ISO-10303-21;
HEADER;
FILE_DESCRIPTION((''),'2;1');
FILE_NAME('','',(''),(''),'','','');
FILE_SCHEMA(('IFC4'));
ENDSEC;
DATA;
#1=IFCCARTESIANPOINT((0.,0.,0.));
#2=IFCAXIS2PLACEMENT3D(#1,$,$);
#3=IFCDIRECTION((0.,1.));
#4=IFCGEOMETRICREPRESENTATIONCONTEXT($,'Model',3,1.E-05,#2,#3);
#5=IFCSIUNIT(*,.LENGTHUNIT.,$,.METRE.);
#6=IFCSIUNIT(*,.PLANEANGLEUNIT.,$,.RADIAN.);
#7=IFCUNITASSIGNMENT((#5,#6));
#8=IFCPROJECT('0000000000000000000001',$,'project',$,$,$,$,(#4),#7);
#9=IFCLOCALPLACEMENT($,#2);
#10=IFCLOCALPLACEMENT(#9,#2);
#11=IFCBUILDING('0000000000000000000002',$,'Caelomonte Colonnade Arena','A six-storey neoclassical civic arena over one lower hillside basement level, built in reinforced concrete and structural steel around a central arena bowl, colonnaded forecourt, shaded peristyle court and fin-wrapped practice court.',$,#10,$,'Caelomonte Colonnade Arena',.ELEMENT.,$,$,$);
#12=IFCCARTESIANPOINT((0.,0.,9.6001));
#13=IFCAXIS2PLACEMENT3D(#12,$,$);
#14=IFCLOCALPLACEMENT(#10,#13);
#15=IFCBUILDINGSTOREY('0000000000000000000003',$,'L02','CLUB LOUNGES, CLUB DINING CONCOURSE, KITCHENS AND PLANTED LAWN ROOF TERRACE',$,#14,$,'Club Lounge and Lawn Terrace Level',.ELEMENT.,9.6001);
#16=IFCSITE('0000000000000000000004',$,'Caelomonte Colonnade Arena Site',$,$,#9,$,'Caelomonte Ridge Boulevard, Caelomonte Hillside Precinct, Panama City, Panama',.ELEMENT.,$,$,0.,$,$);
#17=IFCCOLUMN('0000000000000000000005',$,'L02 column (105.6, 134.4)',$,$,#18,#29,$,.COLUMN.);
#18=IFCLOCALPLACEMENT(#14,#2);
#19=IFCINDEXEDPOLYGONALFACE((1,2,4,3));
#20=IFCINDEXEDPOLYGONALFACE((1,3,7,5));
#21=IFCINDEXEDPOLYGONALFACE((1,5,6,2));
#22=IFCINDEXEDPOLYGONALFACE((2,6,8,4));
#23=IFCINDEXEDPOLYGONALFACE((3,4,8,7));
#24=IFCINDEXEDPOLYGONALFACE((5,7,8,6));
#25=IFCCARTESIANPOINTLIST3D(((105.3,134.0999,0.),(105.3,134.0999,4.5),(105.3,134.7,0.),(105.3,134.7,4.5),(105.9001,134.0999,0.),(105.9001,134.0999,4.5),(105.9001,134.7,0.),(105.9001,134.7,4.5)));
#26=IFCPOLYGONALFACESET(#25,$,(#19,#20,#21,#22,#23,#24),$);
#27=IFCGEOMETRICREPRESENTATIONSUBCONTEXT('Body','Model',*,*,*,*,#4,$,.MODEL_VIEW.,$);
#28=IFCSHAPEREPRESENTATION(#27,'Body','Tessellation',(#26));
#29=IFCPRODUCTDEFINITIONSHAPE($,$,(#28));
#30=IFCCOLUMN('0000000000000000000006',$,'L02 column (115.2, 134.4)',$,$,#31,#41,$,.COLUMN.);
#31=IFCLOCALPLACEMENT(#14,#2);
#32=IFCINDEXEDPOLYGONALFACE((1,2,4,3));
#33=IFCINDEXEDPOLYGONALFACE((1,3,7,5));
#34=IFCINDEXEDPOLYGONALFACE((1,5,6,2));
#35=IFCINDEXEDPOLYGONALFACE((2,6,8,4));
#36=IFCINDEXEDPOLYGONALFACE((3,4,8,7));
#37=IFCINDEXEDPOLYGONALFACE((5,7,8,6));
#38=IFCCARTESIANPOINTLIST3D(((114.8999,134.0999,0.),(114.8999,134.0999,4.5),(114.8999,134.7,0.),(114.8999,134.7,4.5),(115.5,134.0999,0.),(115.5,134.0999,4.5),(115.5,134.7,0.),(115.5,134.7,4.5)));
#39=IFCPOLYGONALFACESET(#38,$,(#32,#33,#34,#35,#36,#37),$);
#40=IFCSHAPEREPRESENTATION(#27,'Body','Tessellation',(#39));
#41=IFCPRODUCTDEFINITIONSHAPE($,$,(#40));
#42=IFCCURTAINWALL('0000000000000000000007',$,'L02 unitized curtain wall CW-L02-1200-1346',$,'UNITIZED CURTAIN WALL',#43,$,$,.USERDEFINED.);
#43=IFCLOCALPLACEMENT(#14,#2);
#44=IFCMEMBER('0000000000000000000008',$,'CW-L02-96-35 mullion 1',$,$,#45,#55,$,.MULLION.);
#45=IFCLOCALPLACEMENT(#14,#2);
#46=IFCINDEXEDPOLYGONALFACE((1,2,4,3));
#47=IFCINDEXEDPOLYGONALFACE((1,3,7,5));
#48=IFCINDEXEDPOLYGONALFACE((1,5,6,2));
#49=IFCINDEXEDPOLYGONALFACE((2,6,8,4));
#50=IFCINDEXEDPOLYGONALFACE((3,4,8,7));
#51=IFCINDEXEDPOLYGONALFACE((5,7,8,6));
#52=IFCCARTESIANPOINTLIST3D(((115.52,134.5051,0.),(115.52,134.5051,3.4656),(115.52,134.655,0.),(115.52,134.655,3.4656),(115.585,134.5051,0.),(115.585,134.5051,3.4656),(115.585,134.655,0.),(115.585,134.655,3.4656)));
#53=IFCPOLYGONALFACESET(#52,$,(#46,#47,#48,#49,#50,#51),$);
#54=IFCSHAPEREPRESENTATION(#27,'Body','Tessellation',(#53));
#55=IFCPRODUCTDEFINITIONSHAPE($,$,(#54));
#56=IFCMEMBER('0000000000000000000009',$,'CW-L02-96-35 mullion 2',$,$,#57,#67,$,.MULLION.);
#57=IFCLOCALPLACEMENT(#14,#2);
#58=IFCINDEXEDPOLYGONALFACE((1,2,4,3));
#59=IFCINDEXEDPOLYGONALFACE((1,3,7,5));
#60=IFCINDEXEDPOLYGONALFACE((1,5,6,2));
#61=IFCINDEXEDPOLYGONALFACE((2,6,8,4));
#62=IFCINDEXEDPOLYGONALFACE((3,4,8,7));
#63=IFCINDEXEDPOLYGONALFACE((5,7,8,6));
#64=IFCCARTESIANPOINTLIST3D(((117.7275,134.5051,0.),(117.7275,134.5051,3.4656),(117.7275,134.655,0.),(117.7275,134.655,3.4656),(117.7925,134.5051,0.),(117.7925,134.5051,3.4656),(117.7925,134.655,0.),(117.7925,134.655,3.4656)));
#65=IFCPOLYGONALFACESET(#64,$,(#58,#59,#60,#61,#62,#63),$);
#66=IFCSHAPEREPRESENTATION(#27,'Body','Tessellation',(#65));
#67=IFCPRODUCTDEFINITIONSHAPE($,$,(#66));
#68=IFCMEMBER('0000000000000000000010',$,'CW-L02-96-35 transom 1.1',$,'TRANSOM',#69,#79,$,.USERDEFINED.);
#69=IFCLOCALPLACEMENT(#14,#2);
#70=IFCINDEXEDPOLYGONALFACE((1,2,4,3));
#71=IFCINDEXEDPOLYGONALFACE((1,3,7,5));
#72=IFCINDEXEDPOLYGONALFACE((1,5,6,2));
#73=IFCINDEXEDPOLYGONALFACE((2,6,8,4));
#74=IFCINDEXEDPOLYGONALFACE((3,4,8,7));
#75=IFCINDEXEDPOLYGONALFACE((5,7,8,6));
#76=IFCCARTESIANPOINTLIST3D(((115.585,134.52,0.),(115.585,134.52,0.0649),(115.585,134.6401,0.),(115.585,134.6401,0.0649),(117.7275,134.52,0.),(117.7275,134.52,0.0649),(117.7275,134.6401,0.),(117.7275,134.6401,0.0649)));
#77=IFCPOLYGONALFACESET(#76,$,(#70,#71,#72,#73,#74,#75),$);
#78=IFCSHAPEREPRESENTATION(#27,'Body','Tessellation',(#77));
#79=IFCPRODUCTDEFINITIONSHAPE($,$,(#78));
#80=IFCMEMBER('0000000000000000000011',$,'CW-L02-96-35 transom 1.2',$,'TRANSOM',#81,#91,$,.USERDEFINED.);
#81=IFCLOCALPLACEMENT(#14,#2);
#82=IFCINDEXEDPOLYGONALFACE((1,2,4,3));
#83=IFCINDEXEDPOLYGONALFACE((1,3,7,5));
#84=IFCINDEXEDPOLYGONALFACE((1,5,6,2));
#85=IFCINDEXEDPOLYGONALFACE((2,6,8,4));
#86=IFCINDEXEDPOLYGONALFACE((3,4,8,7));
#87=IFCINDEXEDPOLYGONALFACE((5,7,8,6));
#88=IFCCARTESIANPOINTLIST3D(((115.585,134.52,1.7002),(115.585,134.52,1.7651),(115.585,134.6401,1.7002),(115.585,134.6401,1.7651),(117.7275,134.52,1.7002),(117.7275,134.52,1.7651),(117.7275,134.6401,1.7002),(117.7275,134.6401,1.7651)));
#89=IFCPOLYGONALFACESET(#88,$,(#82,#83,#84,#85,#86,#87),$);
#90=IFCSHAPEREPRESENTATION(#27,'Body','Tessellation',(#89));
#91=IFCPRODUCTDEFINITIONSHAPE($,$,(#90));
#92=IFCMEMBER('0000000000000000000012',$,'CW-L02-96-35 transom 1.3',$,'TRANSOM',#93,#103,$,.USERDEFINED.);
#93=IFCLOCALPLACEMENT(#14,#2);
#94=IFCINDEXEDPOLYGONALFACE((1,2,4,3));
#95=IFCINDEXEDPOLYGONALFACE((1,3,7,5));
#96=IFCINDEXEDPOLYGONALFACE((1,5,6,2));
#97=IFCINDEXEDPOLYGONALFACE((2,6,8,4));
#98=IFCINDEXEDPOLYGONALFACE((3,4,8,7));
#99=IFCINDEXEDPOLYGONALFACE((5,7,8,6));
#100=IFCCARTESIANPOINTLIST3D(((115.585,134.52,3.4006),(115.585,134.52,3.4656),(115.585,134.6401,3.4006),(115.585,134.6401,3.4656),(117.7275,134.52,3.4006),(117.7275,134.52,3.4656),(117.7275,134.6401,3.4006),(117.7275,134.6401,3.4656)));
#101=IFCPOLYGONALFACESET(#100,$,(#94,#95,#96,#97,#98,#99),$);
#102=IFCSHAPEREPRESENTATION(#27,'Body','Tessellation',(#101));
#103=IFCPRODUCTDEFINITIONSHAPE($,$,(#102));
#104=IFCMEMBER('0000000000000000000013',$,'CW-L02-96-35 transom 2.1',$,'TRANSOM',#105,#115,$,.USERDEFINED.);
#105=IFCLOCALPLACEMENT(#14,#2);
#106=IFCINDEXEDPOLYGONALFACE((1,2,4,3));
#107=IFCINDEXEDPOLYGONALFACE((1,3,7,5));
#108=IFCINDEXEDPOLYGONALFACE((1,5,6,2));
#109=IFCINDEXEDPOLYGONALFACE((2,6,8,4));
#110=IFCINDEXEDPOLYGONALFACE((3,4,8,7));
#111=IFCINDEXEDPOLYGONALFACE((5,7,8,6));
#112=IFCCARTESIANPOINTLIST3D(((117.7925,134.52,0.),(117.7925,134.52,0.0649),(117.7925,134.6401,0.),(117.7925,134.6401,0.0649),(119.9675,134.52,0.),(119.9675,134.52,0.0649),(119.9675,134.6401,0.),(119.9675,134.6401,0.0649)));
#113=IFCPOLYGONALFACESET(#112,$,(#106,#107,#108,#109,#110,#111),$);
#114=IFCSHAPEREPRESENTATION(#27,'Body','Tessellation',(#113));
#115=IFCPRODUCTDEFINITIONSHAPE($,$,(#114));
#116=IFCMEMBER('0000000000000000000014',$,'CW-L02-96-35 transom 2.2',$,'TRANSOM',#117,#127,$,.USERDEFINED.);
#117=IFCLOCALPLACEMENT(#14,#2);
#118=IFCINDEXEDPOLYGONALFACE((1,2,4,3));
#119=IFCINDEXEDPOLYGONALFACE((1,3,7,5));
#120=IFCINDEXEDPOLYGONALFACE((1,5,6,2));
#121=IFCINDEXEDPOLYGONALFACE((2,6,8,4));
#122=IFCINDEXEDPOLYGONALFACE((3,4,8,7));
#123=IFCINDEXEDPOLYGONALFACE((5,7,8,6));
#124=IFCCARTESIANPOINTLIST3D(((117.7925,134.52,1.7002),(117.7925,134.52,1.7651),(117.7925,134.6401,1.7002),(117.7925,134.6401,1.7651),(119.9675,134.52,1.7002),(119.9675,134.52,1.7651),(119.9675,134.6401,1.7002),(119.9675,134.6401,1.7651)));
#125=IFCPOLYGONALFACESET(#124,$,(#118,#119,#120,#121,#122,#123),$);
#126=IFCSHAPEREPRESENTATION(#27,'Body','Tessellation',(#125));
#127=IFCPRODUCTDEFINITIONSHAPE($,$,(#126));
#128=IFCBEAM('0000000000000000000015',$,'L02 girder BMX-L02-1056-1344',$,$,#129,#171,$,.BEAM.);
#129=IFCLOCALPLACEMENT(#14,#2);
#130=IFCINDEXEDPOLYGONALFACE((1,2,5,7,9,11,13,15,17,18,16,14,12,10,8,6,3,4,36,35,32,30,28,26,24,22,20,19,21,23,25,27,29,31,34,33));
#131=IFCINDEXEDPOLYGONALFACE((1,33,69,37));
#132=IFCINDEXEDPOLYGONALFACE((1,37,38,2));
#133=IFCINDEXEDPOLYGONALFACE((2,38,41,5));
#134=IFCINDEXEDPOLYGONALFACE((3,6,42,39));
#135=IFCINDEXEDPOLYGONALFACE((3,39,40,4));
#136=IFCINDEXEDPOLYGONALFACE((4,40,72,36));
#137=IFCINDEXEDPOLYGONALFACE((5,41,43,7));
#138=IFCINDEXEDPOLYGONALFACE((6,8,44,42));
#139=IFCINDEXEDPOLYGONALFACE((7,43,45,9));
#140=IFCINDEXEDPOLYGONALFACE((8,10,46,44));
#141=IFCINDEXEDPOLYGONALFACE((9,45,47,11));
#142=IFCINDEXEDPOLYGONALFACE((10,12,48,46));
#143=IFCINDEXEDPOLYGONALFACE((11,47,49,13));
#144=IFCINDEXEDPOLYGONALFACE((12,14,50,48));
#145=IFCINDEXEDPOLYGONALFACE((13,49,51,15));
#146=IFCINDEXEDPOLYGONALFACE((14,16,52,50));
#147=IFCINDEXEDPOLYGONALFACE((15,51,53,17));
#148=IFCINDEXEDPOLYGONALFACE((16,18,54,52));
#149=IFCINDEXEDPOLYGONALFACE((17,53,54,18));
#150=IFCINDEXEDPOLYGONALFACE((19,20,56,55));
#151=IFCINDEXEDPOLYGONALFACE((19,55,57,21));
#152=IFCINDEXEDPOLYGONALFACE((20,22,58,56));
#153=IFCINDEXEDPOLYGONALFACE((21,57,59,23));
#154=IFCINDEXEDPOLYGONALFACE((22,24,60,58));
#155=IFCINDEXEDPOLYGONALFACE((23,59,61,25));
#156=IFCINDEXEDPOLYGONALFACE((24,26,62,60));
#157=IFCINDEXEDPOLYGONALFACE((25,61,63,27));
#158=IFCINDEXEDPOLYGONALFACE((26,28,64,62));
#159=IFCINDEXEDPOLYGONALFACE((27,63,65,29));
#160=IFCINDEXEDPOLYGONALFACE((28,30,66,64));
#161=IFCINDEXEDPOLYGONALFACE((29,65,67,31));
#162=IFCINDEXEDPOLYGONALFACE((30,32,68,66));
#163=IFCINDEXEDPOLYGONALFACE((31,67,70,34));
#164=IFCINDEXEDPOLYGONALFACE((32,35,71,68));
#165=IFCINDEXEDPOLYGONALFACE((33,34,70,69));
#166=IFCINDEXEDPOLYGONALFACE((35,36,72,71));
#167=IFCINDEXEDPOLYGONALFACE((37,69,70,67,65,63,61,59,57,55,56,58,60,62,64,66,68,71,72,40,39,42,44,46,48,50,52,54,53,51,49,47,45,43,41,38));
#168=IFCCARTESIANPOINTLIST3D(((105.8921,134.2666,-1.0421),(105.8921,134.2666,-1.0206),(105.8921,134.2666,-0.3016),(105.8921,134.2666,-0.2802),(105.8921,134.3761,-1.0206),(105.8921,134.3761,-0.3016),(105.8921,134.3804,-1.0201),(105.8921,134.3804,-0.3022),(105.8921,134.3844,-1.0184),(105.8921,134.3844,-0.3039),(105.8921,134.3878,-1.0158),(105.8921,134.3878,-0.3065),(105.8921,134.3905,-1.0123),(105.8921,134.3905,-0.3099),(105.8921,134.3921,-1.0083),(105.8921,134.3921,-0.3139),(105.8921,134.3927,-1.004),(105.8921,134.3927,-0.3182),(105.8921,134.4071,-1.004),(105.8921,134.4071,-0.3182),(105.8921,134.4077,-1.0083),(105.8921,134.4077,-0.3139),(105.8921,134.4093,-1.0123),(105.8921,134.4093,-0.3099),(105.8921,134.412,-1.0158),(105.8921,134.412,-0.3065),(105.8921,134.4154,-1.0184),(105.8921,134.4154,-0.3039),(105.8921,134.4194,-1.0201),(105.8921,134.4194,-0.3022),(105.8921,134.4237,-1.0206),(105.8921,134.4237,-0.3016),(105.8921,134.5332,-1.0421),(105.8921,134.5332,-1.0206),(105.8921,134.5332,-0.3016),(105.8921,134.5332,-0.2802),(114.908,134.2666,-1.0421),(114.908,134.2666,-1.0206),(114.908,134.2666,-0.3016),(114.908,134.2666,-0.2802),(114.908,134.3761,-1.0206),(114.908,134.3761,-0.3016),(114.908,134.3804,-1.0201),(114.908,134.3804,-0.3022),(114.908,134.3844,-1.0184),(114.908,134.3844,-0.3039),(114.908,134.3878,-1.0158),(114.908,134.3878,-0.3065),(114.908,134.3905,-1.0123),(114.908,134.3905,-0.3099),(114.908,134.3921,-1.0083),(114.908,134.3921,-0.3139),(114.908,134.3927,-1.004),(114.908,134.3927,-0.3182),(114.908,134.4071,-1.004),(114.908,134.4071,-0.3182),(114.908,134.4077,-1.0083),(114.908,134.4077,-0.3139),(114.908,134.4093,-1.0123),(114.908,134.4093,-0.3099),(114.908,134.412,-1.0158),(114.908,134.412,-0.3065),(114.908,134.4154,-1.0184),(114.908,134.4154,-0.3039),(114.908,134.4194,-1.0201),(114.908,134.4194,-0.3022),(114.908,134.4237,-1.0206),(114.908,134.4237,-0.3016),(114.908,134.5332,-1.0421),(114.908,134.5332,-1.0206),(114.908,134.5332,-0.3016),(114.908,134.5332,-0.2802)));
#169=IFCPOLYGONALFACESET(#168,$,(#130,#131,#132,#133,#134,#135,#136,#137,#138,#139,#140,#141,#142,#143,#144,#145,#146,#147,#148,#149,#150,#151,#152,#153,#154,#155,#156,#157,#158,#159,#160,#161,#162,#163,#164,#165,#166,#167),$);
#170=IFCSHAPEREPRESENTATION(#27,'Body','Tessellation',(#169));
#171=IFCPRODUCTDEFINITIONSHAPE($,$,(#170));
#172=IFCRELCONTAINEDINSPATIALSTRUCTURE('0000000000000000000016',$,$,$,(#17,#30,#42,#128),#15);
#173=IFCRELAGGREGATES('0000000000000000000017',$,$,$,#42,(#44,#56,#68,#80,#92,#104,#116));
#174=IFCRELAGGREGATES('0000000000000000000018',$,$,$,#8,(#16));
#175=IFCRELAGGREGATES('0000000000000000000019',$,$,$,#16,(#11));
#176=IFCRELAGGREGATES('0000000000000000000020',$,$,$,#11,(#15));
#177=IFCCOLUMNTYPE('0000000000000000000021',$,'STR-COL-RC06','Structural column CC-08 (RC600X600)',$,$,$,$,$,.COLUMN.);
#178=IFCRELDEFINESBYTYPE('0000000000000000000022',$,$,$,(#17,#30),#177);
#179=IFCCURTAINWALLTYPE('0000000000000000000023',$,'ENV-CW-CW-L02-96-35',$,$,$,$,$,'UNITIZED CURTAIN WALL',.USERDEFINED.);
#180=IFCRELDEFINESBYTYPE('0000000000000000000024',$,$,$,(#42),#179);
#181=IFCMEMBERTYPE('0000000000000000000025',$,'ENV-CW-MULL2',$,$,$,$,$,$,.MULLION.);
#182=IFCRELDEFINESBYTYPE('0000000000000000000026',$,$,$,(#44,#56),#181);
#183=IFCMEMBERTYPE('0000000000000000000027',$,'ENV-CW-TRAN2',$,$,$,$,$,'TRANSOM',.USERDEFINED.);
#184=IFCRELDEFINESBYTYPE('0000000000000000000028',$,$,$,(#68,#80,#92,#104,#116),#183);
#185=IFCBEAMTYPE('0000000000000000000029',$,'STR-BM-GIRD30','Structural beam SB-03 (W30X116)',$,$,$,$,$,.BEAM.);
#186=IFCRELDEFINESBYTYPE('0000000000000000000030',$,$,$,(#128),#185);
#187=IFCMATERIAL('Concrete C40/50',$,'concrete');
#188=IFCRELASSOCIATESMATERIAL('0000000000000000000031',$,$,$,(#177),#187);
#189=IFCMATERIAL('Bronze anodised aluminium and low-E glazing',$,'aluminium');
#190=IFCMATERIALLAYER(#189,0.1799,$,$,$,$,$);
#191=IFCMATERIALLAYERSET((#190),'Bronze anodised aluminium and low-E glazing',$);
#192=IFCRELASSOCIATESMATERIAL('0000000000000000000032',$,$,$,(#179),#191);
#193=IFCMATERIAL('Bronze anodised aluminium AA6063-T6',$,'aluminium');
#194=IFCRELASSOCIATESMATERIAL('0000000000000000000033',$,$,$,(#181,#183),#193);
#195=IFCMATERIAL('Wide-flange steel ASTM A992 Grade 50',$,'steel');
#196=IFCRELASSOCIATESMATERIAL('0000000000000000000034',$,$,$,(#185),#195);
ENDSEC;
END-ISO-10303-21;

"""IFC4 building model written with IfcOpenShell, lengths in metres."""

from ifc_helpers import new_model, si_unit, direction, frame, origin, origin_2d, place, context, subcontext, project, spatial, rectangle, i_section, extrude, material, layer, layer_set, material_profile, profile_set, type_object, element, aggregate, save


model = new_model("IFC4")

# Units and contexts
model_context = context("Model", 3, precision=1e-05, world=origin(), true_north=direction((0.0, 1.0)))
body_context = subcontext(model_context, "Body", "Model", "MODEL_VIEW")
ifc_project = project(units=[si_unit("LENGTHUNIT", "METRE"), si_unit("PLANEANGLEUNIT", "RADIAN")], contexts=[model_context])

# Site, building, storey
site_placement = place(None, origin())
site = spatial("IfcSite", under=ifc_project, at=site_placement, Name="Caelomonte Colonnade Arena Site", LongName="Caelomonte Ridge Boulevard, Caelomonte Hillside Precinct, Panama City, Panama", CompositionType="ELEMENT", RefElevation=0.0)
building_placement = place(site_placement, origin())
building = spatial("IfcBuilding", under=site, at=building_placement, Name="Caelomonte Colonnade Arena", Description="A six-storey neoclassical civic arena over one lower hillside basement level, built in reinforced concrete and structural steel around a central arena bowl, colonnaded forecourt, shaded peristyle court and fin-wrapped practice court.", LongName="Caelomonte Colonnade Arena", CompositionType="ELEMENT")
storey_placement = place(building_placement, frame((0.0, 0.0, 9.6001)))
storey = spatial("IfcBuildingStorey", under=building, at=storey_placement, Name="L02", Description="CLUB LOUNGES, CLUB DINING CONCOURSE, KITCHENS AND PLANTED LAWN ROOF TERRACE", LongName="Club Lounge and Lawn Terrace Level", CompositionType="ELEMENT", Elevation=9.6001)

# Columns
ifc_material_1 = material(Name="Concrete C40/50", Category="concrete")
ifc_material_profile_1 = material_profile(ifc_material_1, rectangle(XDim=0.6001, YDim=0.6001, at=origin_2d()), Name="RC600X600")
ifc_profile_set_1 = profile_set([ifc_material_profile_1], Name="Concrete C40/50")
column_type = type_object("IfcColumnType", Name="STR-COL-RC06", Description="Structural column CC-08 (RC600X600)", PredefinedType="COLUMN", material=ifc_profile_set_1)
for number, where, z_axis, x_axis, name in (
    (1, (105.6001, 134.3999, 0.0), (0.0, 0.0, 1.0), (1.0, 0.0, 0.0), "L02 column (105.6, 134.4)"),
    (2, (115.2, 134.3999, 0.0), (0.0, 0.0, 1.0), (1.0, 0.0, 0.0), "L02 column (115.2, 134.4)"),
):
    element("IfcColumn", number, at=place(storey_placement, frame(where, z_axis=z_axis, x_axis=x_axis)), inside=storey, type_object=column_type, Name=name, PredefinedType="COLUMN", context=body_context, shape_type="SweptSolid", body=[
        extrude(rectangle(XDim=0.6001, YDim=0.6001, at=origin_2d()), origin(), (0.0, 0.0, 1.0), 4.5),
    ])

# Curtain wall, members
ifc_material_2 = material(Name="Bronze anodised aluminium and low-E glazing", Category="aluminium")
ifc_layer_1 = layer(ifc_material_2, 0.1799)
ifc_layer_set_1 = layer_set([ifc_layer_1], Name="Bronze anodised aluminium and low-E glazing")
curtain_wall_type = type_object("IfcCurtainWallType", Name="ENV-CW-CW-L02-96-35", ElementType="UNITIZED CURTAIN WALL", PredefinedType="USERDEFINED", material=ifc_layer_set_1)
curtain_wall_placement = place(storey_placement, origin())
curtain_wall = element("IfcCurtainWall", 3, at=curtain_wall_placement, inside=storey, type_object=curtain_wall_type, Name="L02 unitized curtain wall CW-L02-1200-1346", ObjectType="UNITIZED CURTAIN WALL", PredefinedType="USERDEFINED")
ifc_material_3 = material(Name="Bronze anodised aluminium AA6063-T6", Category="aluminium")
ifc_material_profile_2 = material_profile(ifc_material_3, rectangle(XDim=0.0649, YDim=0.1499, at=origin_2d()), Name="CWM-65X150")
ifc_profile_set_2 = profile_set([ifc_material_profile_2], Name="Bronze anodised aluminium AA6063-T6")
member_type_1 = type_object("IfcMemberType", Name="ENV-CW-MULL2", PredefinedType="MULLION", material=ifc_profile_set_2)
member_1_placement = place(storey_placement, frame((115.5525, 134.5801, 0.0), z_axis=(0.0, 0.0, 1.0), x_axis=(1.0, 0.0, 0.0)))
member_1 = element("IfcMember", 4, at=member_1_placement, type_object=member_type_1, Name="CW-L02-96-35 mullion 1", PredefinedType="MULLION", context=body_context, shape_type="SweptSolid", body=[
    extrude(rectangle(XDim=0.0649, YDim=0.1499, at=origin_2d()), origin(), (0.0, 0.0, 1.0), 3.4656),
])
member_2_placement = place(storey_placement, frame((117.76, 134.5801, 0.0), z_axis=(0.0, 0.0, 1.0), x_axis=(1.0, 0.0, 0.0)))
member_2 = element("IfcMember", 5, at=member_2_placement, type_object=member_type_1, Name="CW-L02-96-35 mullion 2", PredefinedType="MULLION", context=body_context, shape_type="SweptSolid", body=[
    extrude(rectangle(XDim=0.0649, YDim=0.1499, at=origin_2d()), origin(), (0.0, 0.0, 1.0), 3.4656),
])
ifc_material_profile_3 = material_profile(ifc_material_3, rectangle(XDim=0.0649, YDim=0.1201, at=origin_2d()), Name="CWT-65X120")
ifc_profile_set_3 = profile_set([ifc_material_profile_3], Name="Bronze anodised aluminium AA6063-T6")
member_type_2 = type_object("IfcMemberType", Name="ENV-CW-TRAN2", ElementType="TRANSOM", PredefinedType="USERDEFINED", material=ifc_profile_set_3)
member_3_placement = place(storey_placement, frame((115.585, 134.5801, 0.0325), z_axis=(1.0, 0.0, 0.0), x_axis=(0.0, 0.0, 1.0)))
member_3 = element("IfcMember", 6, at=member_3_placement, type_object=member_type_2, Name="CW-L02-96-35 transom 1.1", ObjectType="TRANSOM", PredefinedType="USERDEFINED", context=body_context, shape_type="SweptSolid", body=[
    extrude(rectangle(XDim=0.0649, YDim=0.1201, at=origin_2d()), origin(), (0.0, 0.0, 1.0), 2.1426),
])
member_4_placement = place(storey_placement, frame((115.585, 134.5801, 1.7327), z_axis=(1.0, 0.0, 0.0), x_axis=(0.0, 0.0, 1.0)))
member_4 = element("IfcMember", 7, at=member_4_placement, type_object=member_type_2, Name="CW-L02-96-35 transom 1.2", ObjectType="TRANSOM", PredefinedType="USERDEFINED", context=body_context, shape_type="SweptSolid", body=[
    extrude(rectangle(XDim=0.0649, YDim=0.1201, at=origin_2d()), origin(), (0.0, 0.0, 1.0), 2.1426),
])
member_5_placement = place(storey_placement, frame((115.585, 134.5801, 3.4331), z_axis=(1.0, 0.0, 0.0), x_axis=(0.0, 0.0, 1.0)))
member_5 = element("IfcMember", 8, at=member_5_placement, type_object=member_type_2, Name="CW-L02-96-35 transom 1.3", ObjectType="TRANSOM", PredefinedType="USERDEFINED", context=body_context, shape_type="SweptSolid", body=[
    extrude(rectangle(XDim=0.0649, YDim=0.1201, at=origin_2d()), origin(), (0.0, 0.0, 1.0), 2.1426),
])
member_6_placement = place(storey_placement, frame((117.7925, 134.5801, 0.0325), z_axis=(1.0, 0.0, 0.0), x_axis=(0.0, 0.0, 1.0)))
member_6 = element("IfcMember", 9, at=member_6_placement, type_object=member_type_2, Name="CW-L02-96-35 transom 2.1", ObjectType="TRANSOM", PredefinedType="USERDEFINED", context=body_context, shape_type="SweptSolid", body=[
    extrude(rectangle(XDim=0.0649, YDim=0.1201, at=origin_2d()), origin(), (0.0, 0.0, 1.0), 2.175),
])
member_7_placement = place(storey_placement, frame((117.7925, 134.5801, 1.7327), z_axis=(1.0, 0.0, 0.0), x_axis=(0.0, 0.0, 1.0)))
member_7 = element("IfcMember", 10, at=member_7_placement, type_object=member_type_2, Name="CW-L02-96-35 transom 2.2", ObjectType="TRANSOM", PredefinedType="USERDEFINED", context=body_context, shape_type="SweptSolid", body=[
    extrude(rectangle(XDim=0.0649, YDim=0.1201, at=origin_2d()), origin(), (0.0, 0.0, 1.0), 2.175),
])

# Beam
ifc_material_4 = material(Name="Wide-flange steel ASTM A992 Grade 50", Category="steel")
ifc_material_profile_4 = material_profile(ifc_material_4, i_section(OverallWidth=0.2666, OverallDepth=0.762, WebThickness=0.0144, FlangeThickness=0.0215, FilletRadius=0.0166, at=origin_2d()), Name="W30X116")
ifc_profile_set_4 = profile_set([ifc_material_profile_4], Name="Wide-flange steel ASTM A992 Grade 50")
beam_type = type_object("IfcBeamType", Name="STR-BM-GIRD30", Description="Structural beam SB-03 (W30X116)", PredefinedType="BEAM", material=ifc_profile_set_4)
beam_1_placement = place(storey_placement, frame((105.8921, 134.3999, -0.6611), z_axis=(1.0, 0.0, 0.0), x_axis=(0.0, 1.0, 0.0)))
element("IfcBeam", 11, at=beam_1_placement, inside=storey, type_object=beam_type, Name="L02 girder BMX-L02-1056-1344", PredefinedType="BEAM", context=body_context, shape_type="SweptSolid", body=[
    extrude(i_section(OverallWidth=0.2666, OverallDepth=0.762, WebThickness=0.0144, FlangeThickness=0.0215, FilletRadius=0.0166, at=origin_2d()), origin(), (0.0, 0.0, 1.0), 9.0159),
])

aggregate(curtain_wall, [member_1, member_2, member_3, member_4, member_5, member_6, member_7])

save(model, "model.ifc")
